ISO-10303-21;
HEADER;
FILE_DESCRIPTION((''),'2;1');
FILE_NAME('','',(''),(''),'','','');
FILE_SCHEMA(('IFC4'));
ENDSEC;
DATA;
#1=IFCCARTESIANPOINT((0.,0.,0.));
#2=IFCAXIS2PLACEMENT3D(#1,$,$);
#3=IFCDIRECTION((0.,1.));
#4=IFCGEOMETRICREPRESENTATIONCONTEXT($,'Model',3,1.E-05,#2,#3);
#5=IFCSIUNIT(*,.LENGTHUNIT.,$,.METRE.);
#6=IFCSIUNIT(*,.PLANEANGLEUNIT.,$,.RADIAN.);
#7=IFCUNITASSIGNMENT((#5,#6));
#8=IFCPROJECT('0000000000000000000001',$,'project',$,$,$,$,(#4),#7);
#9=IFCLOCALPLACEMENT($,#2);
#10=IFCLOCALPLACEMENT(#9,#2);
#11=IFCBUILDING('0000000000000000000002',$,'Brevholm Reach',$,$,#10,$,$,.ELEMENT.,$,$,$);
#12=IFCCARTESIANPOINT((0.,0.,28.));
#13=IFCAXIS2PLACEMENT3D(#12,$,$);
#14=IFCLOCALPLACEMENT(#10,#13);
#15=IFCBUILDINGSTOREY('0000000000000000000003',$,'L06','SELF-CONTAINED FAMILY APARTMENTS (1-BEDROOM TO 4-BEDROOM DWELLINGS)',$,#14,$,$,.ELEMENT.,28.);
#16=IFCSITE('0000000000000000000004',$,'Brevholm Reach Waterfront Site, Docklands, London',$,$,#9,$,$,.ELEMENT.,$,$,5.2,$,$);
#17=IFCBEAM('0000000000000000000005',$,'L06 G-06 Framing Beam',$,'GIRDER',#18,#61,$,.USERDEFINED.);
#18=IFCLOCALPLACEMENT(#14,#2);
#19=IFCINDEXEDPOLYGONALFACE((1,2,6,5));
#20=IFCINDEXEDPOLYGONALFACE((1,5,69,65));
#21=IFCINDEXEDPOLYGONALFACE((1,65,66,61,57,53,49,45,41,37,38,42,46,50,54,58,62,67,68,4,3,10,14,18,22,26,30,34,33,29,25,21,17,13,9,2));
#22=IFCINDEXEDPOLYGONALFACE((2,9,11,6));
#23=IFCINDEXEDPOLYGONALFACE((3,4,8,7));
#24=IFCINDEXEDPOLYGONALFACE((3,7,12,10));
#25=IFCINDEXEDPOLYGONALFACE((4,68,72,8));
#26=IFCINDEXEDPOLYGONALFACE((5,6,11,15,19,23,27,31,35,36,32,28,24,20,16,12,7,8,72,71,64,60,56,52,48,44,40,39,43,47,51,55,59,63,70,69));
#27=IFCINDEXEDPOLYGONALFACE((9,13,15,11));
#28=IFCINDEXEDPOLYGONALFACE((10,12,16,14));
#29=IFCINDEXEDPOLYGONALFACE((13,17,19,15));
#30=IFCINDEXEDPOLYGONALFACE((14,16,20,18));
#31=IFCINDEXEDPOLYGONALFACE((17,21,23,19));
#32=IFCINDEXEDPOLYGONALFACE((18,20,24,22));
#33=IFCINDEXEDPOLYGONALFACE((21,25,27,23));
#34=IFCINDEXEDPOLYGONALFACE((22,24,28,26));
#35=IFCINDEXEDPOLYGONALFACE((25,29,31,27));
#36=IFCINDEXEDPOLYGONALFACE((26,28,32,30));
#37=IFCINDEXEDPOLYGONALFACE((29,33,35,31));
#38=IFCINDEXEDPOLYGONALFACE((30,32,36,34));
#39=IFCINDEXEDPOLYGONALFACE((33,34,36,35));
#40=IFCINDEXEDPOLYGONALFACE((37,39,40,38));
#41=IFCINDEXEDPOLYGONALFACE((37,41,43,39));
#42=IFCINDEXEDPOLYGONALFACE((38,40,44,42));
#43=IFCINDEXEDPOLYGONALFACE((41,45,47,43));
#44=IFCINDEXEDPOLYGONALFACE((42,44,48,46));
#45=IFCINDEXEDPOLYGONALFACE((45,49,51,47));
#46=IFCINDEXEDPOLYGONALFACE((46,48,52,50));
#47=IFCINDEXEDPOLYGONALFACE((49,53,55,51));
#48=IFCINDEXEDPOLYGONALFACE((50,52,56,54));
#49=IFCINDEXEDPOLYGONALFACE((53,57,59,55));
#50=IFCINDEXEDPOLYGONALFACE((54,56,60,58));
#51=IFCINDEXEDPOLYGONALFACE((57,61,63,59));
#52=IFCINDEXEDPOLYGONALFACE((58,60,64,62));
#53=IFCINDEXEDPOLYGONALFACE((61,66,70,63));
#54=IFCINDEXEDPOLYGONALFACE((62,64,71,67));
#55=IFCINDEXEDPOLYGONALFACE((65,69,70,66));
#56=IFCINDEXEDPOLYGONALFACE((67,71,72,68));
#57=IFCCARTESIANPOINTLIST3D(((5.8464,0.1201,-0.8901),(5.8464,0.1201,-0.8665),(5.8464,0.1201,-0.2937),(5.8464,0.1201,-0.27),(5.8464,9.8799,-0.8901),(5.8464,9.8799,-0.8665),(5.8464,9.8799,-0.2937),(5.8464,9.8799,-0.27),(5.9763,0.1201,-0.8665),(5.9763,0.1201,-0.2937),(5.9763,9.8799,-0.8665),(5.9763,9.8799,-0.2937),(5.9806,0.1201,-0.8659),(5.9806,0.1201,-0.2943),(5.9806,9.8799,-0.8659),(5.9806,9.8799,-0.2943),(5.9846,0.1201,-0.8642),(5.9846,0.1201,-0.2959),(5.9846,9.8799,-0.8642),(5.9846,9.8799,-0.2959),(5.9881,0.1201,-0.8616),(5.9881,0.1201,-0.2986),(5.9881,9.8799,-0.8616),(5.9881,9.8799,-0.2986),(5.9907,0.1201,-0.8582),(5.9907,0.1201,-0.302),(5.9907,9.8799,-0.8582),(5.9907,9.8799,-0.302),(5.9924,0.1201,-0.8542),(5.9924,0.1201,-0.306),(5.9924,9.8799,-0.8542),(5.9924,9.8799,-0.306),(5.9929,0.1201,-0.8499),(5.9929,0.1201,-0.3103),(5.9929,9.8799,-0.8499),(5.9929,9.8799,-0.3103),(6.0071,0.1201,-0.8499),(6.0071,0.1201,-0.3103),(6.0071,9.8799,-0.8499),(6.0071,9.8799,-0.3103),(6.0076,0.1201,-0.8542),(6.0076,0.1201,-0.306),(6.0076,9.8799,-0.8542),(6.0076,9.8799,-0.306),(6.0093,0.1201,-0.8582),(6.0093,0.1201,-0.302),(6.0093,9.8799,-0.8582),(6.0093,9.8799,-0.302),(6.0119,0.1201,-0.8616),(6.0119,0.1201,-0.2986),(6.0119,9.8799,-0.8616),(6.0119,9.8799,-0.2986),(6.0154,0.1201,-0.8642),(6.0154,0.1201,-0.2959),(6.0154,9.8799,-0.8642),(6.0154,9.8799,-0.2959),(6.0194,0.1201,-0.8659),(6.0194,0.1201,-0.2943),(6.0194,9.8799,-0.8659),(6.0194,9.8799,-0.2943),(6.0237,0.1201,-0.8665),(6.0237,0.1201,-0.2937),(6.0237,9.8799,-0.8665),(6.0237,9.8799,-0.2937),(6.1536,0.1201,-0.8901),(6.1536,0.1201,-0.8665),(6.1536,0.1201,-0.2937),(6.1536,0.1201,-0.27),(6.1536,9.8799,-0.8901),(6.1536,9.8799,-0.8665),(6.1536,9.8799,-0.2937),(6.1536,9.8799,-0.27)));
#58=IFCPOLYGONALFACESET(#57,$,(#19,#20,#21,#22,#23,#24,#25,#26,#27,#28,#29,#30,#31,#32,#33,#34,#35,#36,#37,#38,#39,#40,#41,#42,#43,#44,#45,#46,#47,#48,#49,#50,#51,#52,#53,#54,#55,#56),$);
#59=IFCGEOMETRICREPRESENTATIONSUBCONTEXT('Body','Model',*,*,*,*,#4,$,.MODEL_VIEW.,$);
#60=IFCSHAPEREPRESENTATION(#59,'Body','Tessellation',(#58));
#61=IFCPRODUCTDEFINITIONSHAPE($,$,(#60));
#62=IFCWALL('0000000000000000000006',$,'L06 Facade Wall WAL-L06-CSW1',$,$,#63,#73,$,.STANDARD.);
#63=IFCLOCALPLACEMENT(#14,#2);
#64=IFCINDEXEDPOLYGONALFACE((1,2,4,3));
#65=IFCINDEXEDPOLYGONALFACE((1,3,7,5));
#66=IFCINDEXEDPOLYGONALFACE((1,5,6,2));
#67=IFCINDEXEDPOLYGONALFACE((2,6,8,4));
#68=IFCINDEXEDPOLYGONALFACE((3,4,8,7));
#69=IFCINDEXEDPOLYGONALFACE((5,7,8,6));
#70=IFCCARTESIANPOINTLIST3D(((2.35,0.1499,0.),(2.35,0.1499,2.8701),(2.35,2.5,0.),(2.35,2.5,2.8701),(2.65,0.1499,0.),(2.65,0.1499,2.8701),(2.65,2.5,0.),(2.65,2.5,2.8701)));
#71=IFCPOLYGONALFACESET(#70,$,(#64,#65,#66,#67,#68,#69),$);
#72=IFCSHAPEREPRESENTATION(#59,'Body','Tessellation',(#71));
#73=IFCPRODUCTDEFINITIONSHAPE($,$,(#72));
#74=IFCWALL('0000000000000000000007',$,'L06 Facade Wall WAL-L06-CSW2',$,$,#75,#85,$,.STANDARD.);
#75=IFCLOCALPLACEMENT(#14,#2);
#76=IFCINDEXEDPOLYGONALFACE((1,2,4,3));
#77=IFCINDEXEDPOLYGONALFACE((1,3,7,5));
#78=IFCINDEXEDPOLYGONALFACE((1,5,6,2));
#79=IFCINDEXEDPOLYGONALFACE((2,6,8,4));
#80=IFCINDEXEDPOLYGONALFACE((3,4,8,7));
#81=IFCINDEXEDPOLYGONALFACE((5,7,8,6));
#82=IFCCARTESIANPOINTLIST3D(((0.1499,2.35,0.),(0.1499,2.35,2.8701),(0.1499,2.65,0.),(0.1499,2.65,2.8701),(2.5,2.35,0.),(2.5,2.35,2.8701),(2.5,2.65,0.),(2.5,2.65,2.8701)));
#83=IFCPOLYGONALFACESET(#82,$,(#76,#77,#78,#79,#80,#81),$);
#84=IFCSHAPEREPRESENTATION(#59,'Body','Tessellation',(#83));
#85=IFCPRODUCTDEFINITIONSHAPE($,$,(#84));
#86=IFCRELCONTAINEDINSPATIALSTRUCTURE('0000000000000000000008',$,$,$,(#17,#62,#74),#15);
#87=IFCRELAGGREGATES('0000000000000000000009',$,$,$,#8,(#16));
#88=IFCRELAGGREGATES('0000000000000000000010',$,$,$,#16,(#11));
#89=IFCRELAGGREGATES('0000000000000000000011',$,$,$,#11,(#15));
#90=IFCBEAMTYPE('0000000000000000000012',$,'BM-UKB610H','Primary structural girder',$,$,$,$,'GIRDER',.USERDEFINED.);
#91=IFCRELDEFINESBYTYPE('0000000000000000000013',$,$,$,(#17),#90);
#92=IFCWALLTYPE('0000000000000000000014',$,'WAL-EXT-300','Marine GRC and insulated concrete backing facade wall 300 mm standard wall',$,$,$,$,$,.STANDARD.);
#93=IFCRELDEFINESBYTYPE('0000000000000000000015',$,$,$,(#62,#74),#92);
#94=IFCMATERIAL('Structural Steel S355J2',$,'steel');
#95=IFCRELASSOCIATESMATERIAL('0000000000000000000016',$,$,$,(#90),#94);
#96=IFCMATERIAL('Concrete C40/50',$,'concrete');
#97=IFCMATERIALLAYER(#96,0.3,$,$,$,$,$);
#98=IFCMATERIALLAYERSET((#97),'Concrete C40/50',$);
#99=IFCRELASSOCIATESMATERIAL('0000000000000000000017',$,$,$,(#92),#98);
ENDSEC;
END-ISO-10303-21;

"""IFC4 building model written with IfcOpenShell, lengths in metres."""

from ifc_helpers import new_model, si_unit, direction, frame, frame_2d, origin, origin_2d, place, context, subcontext, project, spatial, rectangle, i_section, extrude, material, layer, layer_set, material_profile, profile_set, type_object, element, save


model = new_model("IFC4")

# Units and contexts
model_context = context("Model", 3, precision=1e-05, world=origin(), true_north=direction((0.0, 1.0)))
body_context = subcontext(model_context, "Body", "Model", "MODEL_VIEW")
ifc_project = project(units=[si_unit("LENGTHUNIT", "METRE"), si_unit("PLANEANGLEUNIT", "RADIAN")], contexts=[model_context])

# Site, building, storey
site_placement = place(None, origin())
site = spatial("IfcSite", under=ifc_project, at=site_placement, Name="Brevholm Reach Waterfront Site, Docklands, London", CompositionType="ELEMENT", RefElevation=5.2)
building_placement = place(site_placement, origin())
building = spatial("IfcBuilding", under=site, at=building_placement, Name="Brevholm Reach", CompositionType="ELEMENT")
storey_placement = place(building_placement, frame((0.0, 0.0, 28.0)))
storey = spatial("IfcBuildingStorey", under=building, at=storey_placement, Name="L06", Description="SELF-CONTAINED FAMILY APARTMENTS (1-BEDROOM TO 4-BEDROOM DWELLINGS)", CompositionType="ELEMENT", Elevation=28.0)

# Beam
ifc_material_1 = material(Name="Structural Steel S355J2", Category="steel")
ifc_material_profile_1 = material_profile(ifc_material_1, i_section(OverallWidth=0.3071, OverallDepth=0.6201, WebThickness=0.0142, FlangeThickness=0.0237, FilletRadius=0.0166, at=origin_2d()), Name="UKB 610x305x179")
ifc_profile_set_1 = profile_set([ifc_material_profile_1], Name="Structural Steel S355J2")
beam_type_1 = type_object("IfcBeamType", Name="BM-UKB610H", Description="Primary structural girder", ElementType="GIRDER", PredefinedType="USERDEFINED", material=ifc_profile_set_1)
beam_1_placement = place(storey_placement, frame((6.0, 0.1201, -0.5801), z_axis=(0.0, 1.0, 0.0), x_axis=(-1.0, 0.0, 0.0)))
element("IfcBeam", 1, at=beam_1_placement, inside=storey, type_object=beam_type_1, Name="L06 G-06 Framing Beam", ObjectType="GIRDER", PredefinedType="USERDEFINED", context=body_context, shape_type="SweptSolid", body=[
    extrude(i_section(OverallWidth=0.3071, OverallDepth=0.6201, WebThickness=0.0142, FlangeThickness=0.0237, FilletRadius=0.0166, at=origin_2d()), origin(), (0.0, 0.0, 1.0), 9.7598),
])

# Walls
ifc_material_2 = material(Name="Concrete C40/50", Category="concrete")
ifc_layer_1 = layer(ifc_material_2, 0.3)
ifc_layer_set_1 = layer_set([ifc_layer_1], Name="Concrete C40/50")
wall_type_1 = type_object("IfcWallType", Name="WAL-EXT-300", Description="Marine GRC and insulated concrete backing facade wall 300 mm standard wall", PredefinedType="STANDARD", material=ifc_layer_set_1)
for number, where, z_axis, x_axis, name in (
    (2, (2.5, 2.5, 0.0), (0.0, 0.0, 1.0), (0.0, -1.0, 0.0), "L06 Facade Wall WAL-L06-CSW1"),
    (3, (0.1499, 2.5, 0.0), (0.0, 0.0, 1.0), (1.0, 0.0, 0.0), "L06 Facade Wall WAL-L06-CSW2"),
):
    element("IfcWall", number, at=place(storey_placement, frame(where, z_axis=z_axis, x_axis=x_axis)), inside=storey, type_object=wall_type_1, Name=name, PredefinedType="STANDARD", context=body_context, shape_type="SweptSolid", body=[
        extrude(rectangle(XDim=2.3501, YDim=0.3, at=frame_2d((1.175, 0.0))), origin(), (0.0, 0.0, 1.0), 2.8701),
    ])

save(model, "model.ifc")
